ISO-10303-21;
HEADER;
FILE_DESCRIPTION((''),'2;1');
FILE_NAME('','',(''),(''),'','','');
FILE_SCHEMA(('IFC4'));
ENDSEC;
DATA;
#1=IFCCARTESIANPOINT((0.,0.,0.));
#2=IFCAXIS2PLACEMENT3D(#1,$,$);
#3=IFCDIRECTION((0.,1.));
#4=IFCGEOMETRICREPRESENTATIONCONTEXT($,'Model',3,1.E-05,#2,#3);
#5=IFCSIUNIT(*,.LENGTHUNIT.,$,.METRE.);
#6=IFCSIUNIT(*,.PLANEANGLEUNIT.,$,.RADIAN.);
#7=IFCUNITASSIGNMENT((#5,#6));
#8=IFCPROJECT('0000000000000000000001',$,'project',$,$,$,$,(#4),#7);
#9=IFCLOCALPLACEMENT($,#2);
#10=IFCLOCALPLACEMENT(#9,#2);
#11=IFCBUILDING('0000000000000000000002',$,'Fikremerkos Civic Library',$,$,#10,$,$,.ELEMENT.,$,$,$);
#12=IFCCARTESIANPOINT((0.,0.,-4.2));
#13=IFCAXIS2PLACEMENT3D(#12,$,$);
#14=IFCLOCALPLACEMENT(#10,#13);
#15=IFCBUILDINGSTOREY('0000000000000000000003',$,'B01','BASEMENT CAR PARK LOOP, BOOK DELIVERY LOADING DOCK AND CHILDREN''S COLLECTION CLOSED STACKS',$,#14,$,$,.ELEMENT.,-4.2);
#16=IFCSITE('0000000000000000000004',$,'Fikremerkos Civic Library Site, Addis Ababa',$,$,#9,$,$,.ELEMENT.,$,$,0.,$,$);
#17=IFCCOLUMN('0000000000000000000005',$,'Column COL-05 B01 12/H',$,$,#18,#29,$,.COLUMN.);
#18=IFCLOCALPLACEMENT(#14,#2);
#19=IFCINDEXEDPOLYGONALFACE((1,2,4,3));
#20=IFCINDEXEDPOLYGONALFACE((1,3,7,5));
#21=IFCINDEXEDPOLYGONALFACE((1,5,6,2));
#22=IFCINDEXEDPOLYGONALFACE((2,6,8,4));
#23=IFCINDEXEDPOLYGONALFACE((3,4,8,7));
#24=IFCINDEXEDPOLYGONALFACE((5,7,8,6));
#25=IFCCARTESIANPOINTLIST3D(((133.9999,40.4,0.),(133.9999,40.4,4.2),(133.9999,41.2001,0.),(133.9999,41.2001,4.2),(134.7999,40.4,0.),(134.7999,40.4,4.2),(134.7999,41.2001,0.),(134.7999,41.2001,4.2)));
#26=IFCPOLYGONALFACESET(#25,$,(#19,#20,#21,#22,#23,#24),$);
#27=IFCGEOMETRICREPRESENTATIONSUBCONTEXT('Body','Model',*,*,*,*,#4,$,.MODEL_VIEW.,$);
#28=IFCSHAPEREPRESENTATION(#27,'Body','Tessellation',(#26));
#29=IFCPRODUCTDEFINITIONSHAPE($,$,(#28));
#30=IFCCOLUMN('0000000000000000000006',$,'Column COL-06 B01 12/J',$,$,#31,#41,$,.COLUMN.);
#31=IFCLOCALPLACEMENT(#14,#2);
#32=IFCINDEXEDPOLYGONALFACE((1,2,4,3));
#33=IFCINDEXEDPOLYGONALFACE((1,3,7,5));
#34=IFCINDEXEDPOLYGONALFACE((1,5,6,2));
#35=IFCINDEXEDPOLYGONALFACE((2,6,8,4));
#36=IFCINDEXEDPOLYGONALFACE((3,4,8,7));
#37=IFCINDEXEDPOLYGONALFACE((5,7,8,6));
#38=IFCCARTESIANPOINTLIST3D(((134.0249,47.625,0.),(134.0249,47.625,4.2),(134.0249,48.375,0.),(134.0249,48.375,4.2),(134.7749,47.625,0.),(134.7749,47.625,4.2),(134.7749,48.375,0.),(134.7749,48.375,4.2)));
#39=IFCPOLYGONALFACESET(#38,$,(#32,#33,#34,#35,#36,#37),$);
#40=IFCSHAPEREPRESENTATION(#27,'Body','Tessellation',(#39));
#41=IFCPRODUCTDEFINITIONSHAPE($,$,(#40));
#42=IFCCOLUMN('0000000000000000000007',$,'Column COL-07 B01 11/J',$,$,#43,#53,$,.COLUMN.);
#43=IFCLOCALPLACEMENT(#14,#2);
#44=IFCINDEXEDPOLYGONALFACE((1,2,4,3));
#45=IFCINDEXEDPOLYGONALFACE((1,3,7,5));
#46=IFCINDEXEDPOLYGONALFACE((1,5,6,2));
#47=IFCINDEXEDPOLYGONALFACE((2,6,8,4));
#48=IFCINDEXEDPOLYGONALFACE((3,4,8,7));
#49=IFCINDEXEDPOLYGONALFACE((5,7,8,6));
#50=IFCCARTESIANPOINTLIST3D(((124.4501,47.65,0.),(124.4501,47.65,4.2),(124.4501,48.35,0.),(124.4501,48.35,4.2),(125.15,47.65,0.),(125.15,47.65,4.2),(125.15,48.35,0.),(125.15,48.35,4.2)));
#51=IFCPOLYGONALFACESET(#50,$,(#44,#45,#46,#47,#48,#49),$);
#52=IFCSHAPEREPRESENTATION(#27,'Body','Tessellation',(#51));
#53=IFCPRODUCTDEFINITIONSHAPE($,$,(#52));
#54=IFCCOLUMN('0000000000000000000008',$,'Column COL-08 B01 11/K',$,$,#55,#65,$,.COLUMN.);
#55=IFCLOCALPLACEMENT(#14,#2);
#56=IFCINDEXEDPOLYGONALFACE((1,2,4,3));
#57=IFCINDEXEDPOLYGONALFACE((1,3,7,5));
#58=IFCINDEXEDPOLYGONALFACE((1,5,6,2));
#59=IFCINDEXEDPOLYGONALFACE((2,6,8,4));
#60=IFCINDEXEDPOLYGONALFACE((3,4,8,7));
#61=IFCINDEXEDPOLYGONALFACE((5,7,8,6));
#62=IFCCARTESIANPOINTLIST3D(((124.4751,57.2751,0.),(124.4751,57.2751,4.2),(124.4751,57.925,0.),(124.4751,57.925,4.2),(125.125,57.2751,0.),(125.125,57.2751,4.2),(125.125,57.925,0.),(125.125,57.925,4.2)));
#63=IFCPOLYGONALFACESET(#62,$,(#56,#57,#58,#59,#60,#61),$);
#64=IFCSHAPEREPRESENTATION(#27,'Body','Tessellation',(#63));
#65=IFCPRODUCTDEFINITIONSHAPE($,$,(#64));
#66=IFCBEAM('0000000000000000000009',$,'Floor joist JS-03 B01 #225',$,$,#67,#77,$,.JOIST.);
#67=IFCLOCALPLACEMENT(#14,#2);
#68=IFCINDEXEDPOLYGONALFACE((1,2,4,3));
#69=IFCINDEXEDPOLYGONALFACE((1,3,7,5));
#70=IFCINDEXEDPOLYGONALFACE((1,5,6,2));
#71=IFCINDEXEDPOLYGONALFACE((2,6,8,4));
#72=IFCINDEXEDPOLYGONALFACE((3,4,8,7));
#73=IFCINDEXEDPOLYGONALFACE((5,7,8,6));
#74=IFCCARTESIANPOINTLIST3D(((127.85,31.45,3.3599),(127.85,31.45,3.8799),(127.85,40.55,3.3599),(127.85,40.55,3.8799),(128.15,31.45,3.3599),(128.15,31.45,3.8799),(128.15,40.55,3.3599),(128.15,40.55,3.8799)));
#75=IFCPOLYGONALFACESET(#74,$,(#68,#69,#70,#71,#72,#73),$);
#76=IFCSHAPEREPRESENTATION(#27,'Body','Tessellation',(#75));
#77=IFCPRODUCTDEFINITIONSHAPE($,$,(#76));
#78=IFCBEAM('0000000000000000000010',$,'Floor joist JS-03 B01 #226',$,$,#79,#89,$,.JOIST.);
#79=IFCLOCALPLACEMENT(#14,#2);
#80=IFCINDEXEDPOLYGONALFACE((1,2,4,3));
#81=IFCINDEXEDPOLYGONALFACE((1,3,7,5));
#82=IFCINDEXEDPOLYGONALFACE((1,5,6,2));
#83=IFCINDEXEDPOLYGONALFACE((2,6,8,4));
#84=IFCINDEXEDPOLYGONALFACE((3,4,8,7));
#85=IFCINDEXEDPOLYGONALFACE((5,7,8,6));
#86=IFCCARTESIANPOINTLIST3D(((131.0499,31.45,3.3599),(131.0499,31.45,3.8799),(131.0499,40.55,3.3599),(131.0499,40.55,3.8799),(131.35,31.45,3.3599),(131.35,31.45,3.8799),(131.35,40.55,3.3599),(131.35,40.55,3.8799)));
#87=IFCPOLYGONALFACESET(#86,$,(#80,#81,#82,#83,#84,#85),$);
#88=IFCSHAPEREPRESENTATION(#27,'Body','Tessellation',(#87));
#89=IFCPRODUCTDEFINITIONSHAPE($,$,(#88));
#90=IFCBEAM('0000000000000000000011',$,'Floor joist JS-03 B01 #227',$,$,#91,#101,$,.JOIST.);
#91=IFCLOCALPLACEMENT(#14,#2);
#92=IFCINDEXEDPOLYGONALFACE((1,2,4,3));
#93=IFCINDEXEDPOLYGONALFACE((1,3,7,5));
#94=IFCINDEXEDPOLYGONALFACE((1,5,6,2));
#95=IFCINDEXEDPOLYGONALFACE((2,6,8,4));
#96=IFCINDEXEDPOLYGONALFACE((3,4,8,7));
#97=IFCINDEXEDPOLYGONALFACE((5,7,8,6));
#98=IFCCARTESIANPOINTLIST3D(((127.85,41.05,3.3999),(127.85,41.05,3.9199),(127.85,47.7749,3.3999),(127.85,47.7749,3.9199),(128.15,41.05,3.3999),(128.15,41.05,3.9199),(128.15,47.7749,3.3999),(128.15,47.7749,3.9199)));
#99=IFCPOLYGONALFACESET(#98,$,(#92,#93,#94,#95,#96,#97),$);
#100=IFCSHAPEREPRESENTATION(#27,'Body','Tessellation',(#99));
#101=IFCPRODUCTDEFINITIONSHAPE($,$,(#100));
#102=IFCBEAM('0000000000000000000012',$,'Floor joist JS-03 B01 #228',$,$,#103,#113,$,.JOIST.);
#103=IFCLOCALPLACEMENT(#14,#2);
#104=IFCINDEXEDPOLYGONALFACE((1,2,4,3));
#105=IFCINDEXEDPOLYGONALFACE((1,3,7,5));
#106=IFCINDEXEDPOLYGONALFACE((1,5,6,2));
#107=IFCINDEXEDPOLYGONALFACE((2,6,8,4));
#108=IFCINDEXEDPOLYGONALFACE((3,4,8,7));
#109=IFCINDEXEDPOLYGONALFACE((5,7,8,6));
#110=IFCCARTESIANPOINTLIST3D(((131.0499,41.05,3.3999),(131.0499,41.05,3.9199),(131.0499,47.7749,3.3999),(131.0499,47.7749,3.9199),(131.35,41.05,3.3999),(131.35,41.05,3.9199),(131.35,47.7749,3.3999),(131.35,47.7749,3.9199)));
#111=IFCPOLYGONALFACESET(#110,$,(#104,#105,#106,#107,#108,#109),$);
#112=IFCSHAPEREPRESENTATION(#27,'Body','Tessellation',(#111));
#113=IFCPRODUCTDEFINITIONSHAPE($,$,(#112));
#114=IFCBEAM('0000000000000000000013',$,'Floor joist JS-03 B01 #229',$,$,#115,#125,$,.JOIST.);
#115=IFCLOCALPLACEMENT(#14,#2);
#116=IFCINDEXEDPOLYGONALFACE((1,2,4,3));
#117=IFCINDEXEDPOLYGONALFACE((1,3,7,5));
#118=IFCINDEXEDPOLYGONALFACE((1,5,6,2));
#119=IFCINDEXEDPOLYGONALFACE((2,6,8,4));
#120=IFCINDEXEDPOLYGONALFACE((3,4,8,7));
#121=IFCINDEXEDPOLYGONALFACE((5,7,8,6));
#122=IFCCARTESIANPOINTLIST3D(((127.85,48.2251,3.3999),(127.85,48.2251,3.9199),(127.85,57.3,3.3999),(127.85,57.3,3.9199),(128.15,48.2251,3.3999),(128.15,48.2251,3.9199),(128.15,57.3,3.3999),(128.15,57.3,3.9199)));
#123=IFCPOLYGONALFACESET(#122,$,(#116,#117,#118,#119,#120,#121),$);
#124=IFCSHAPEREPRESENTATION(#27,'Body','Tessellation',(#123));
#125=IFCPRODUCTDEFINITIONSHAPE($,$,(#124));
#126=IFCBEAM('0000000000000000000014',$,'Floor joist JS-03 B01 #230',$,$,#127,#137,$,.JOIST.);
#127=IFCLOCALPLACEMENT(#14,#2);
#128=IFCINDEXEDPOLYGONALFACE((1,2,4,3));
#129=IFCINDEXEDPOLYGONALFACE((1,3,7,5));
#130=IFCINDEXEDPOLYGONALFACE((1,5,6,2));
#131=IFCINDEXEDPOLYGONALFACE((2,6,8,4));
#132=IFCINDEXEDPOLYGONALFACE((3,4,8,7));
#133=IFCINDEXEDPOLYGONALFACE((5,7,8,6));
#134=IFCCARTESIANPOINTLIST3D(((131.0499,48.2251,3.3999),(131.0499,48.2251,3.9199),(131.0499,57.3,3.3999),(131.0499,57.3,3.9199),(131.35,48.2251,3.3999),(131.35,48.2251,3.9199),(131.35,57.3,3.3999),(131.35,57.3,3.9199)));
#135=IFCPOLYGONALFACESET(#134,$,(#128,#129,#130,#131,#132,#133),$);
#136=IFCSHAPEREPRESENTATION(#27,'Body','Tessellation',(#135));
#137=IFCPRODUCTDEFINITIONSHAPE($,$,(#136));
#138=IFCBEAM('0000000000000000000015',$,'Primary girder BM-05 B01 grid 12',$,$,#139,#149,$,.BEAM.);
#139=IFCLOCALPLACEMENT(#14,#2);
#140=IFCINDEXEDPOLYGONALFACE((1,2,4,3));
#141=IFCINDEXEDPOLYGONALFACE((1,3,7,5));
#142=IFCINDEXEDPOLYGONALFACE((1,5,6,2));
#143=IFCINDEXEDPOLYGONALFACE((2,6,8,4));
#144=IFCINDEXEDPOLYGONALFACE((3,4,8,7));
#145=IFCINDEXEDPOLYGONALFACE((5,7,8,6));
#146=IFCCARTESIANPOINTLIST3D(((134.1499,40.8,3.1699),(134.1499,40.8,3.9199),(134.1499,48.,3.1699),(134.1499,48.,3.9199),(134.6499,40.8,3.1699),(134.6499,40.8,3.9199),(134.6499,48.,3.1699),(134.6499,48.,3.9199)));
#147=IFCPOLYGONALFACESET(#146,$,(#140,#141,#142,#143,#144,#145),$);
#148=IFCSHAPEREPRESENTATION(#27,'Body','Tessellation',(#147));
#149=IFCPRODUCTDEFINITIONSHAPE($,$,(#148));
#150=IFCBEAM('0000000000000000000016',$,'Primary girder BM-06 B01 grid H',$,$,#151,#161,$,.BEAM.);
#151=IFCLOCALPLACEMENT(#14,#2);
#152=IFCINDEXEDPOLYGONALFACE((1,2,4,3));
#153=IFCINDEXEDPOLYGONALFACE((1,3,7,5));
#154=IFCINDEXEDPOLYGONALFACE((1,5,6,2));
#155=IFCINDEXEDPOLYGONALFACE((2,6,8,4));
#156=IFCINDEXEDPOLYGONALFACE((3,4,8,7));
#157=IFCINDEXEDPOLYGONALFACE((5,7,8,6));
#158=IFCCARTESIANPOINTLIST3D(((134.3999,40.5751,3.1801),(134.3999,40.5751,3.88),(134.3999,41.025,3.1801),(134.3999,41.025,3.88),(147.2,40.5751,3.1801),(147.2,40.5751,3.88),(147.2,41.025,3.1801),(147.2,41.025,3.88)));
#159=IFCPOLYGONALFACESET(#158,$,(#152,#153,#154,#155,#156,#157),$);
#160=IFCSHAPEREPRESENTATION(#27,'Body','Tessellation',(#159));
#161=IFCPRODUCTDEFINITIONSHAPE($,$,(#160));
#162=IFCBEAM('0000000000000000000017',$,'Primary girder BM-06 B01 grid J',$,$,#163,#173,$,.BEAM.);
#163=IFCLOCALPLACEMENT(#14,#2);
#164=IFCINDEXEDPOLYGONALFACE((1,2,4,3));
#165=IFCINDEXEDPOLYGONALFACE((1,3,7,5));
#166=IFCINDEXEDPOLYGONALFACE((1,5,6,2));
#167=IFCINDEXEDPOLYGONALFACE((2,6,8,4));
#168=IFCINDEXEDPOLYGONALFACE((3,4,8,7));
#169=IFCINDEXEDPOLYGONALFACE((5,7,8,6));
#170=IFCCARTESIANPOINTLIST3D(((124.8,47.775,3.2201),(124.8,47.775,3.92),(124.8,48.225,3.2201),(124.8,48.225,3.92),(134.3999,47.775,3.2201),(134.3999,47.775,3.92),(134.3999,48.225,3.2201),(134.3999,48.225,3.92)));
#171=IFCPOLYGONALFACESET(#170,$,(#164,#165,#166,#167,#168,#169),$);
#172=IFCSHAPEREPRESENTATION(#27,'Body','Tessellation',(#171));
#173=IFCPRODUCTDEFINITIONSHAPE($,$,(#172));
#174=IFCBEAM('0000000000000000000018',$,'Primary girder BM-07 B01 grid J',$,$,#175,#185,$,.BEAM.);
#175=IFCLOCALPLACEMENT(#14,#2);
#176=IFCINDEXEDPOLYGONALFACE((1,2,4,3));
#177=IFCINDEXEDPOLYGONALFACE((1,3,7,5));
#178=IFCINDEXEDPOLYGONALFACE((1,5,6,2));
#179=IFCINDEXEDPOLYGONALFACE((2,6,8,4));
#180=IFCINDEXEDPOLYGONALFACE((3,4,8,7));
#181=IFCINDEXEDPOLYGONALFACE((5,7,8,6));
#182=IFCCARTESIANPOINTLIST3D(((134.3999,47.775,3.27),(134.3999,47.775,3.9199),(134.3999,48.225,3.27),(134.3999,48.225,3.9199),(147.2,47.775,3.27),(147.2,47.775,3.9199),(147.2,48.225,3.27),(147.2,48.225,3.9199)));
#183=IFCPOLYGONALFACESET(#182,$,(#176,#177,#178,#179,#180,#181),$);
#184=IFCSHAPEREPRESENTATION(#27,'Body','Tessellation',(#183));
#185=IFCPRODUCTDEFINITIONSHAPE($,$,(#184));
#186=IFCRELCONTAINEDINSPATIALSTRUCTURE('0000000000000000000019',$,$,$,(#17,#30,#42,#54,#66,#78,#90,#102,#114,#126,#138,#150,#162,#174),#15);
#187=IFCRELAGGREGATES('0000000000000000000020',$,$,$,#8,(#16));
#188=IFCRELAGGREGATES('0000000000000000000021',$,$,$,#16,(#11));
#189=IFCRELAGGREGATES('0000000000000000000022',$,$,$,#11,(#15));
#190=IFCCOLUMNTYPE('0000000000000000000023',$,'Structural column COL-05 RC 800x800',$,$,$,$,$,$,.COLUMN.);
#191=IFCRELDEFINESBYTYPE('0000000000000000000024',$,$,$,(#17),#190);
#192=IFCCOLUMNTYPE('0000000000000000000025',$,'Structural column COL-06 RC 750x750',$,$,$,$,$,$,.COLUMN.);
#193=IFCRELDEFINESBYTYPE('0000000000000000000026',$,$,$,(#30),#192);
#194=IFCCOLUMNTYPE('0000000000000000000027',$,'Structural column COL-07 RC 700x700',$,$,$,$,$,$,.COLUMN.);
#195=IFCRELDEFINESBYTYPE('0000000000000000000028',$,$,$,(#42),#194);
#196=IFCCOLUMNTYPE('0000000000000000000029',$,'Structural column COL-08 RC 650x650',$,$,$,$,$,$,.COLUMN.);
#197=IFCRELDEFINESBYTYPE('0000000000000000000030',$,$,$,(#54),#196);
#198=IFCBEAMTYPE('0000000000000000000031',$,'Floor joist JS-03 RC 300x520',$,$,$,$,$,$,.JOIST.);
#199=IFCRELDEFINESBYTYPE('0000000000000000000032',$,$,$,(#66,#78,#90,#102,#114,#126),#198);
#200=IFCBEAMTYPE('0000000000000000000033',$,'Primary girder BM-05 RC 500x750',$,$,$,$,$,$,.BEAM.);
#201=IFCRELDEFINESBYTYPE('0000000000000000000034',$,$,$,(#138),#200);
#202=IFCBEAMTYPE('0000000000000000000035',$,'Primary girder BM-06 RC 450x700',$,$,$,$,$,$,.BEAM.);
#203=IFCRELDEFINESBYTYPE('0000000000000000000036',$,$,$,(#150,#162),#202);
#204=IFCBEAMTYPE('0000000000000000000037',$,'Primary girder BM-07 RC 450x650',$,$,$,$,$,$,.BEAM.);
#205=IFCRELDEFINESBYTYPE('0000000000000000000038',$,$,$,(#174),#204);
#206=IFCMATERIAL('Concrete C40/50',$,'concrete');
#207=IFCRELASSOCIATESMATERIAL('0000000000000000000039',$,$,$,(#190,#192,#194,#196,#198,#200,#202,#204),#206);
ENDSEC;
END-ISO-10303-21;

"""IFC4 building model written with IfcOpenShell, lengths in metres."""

from ifc_helpers import new_model, si_unit, direction, frame, origin, origin_2d, place, context, subcontext, project, spatial, rectangle, extrude, material, material_profile, profile_set, type_object, element, save


model = new_model("IFC4")

# Units and contexts
model_context = context("Model", 3, precision=1e-05, world=origin(), true_north=direction((0.0, 1.0)))
body_context = subcontext(model_context, "Body", "Model", "MODEL_VIEW")
ifc_project = project(units=[si_unit("LENGTHUNIT", "METRE"), si_unit("PLANEANGLEUNIT", "RADIAN")], contexts=[model_context])

# Site, building, storey
site_placement = place(None, origin())
site = spatial("IfcSite", under=ifc_project, at=site_placement, Name="Fikremerkos Civic Library Site, Addis Ababa", CompositionType="ELEMENT", RefElevation=0.0)
building_placement = place(site_placement, origin())
building = spatial("IfcBuilding", under=site, at=building_placement, Name="Fikremerkos Civic Library", CompositionType="ELEMENT")
storey_placement = place(building_placement, frame((0.0, 0.0, -4.2)))
storey = spatial("IfcBuildingStorey", under=building, at=storey_placement, Name="B01", Description="BASEMENT CAR PARK LOOP, BOOK DELIVERY LOADING DOCK AND CHILDREN'S COLLECTION CLOSED STACKS", CompositionType="ELEMENT", Elevation=-4.2)

# Columns
ifc_material_1 = material(Name="Concrete C40/50", Category="concrete")
ifc_material_profile_1 = material_profile(ifc_material_1, rectangle(XDim=0.8, YDim=0.8, at=origin_2d()), Name="RC 800x800")
ifc_profile_set_1 = profile_set([ifc_material_profile_1], Name="Concrete C40/50")
column_type_1 = type_object("IfcColumnType", Name="Structural column COL-05 RC 800x800", PredefinedType="COLUMN", material=ifc_profile_set_1)
column_1_placement = place(storey_placement, frame((134.3999, 40.8, 0.0), z_axis=(0.0, 0.0, 1.0), x_axis=(1.0, 0.0, 0.0)))
element("IfcColumn", 1, at=column_1_placement, inside=storey, type_object=column_type_1, Name="Column COL-05 B01 12/H", PredefinedType="COLUMN", context=body_context, shape_type="SweptSolid", body=[
    extrude(rectangle(XDim=0.8, YDim=0.8, at=origin_2d()), origin(), (0.0, 0.0, 1.0), 4.2),
])
ifc_material_profile_2 = material_profile(ifc_material_1, rectangle(XDim=0.75, YDim=0.75, at=origin_2d()), Name="RC 750x750")
ifc_profile_set_2 = profile_set([ifc_material_profile_2], Name="Concrete C40/50")
column_type_2 = type_object("IfcColumnType", Name="Structural column COL-06 RC 750x750", PredefinedType="COLUMN", material=ifc_profile_set_2)
column_2_placement = place(storey_placement, frame((134.3999, 48.0, 0.0), z_axis=(0.0, 0.0, 1.0), x_axis=(1.0, 0.0, 0.0)))
element("IfcColumn", 2, at=column_2_placement, inside=storey, type_object=column_type_2, Name="Column COL-06 B01 12/J", PredefinedType="COLUMN", context=body_context, shape_type="SweptSolid", body=[
    extrude(rectangle(XDim=0.75, YDim=0.75, at=origin_2d()), origin(), (0.0, 0.0, 1.0), 4.2),
])
ifc_material_profile_3 = material_profile(ifc_material_1, rectangle(XDim=0.7, YDim=0.7, at=origin_2d()), Name="RC 700x700")
ifc_profile_set_3 = profile_set([ifc_material_profile_3], Name="Concrete C40/50")
column_type_3 = type_object("IfcColumnType", Name="Structural column COL-07 RC 700x700", PredefinedType="COLUMN", material=ifc_profile_set_3)
column_3_placement = place(storey_placement, frame((124.8, 48.0, 0.0), z_axis=(0.0, 0.0, 1.0), x_axis=(1.0, 0.0, 0.0)))
element("IfcColumn", 3, at=column_3_placement, inside=storey, type_object=column_type_3, Name="Column COL-07 B01 11/J", PredefinedType="COLUMN", context=body_context, shape_type="SweptSolid", body=[
    extrude(rectangle(XDim=0.7, YDim=0.7, at=origin_2d()), origin(), (0.0, 0.0, 1.0), 4.2),
])
ifc_material_profile_4 = material_profile(ifc_material_1, rectangle(XDim=0.6499, YDim=0.6499, at=origin_2d()), Name="RC 650x650")
ifc_profile_set_4 = profile_set([ifc_material_profile_4], Name="Concrete C40/50")
column_type_4 = type_object("IfcColumnType", Name="Structural column COL-08 RC 650x650", PredefinedType="COLUMN", material=ifc_profile_set_4)
column_4_placement = place(storey_placement, frame((124.8, 57.6001, 0.0), z_axis=(0.0, 0.0, 1.0), x_axis=(1.0, 0.0, 0.0)))
element("IfcColumn", 4, at=column_4_placement, inside=storey, type_object=column_type_4, Name="Column COL-08 B01 11/K", PredefinedType="COLUMN", context=body_context, shape_type="SweptSolid", body=[
    extrude(rectangle(XDim=0.6499, YDim=0.6499, at=origin_2d()), origin(), (0.0, 0.0, 1.0), 4.2),
])

# Beams
ifc_material_profile_5 = material_profile(ifc_material_1, rectangle(XDim=0.3, YDim=0.52, at=origin_2d()), Name="RC 300x520")
ifc_profile_set_5 = profile_set([ifc_material_profile_5], Name="Concrete C40/50")
beam_type_1 = type_object("IfcBeamType", Name="Floor joist JS-03 RC 300x520", PredefinedType="JOIST", material=ifc_profile_set_5)
for number, where, z_axis, x_axis, name in (
    (5, (128.0, 31.45, 3.6199), (0.0, 1.0, 0.0), (-1.0, 0.0, 0.0), "Floor joist JS-03 B01 #225"),
    (6, (131.2, 31.45, 3.6199), (0.0, 1.0, 0.0), (-1.0, 0.0, 0.0), "Floor joist JS-03 B01 #226"),
):
    element("IfcBeam", number, at=place(storey_placement, frame(where, z_axis=z_axis, x_axis=x_axis)), inside=storey, type_object=beam_type_1, Name=name, PredefinedType="JOIST", context=body_context, shape_type="SweptSolid", body=[
        extrude(rectangle(XDim=0.3, YDim=0.52, at=origin_2d()), origin(), (0.0, 0.0, 1.0), 9.1001),
    ])
for number, where, z_axis, x_axis, name in (
    (7, (128.0, 41.05, 3.6599), (0.0, 1.0, 0.0), (-1.0, 0.0, 0.0), "Floor joist JS-03 B01 #227"),
    (8, (131.2, 41.05, 3.6599), (0.0, 1.0, 0.0), (-1.0, 0.0, 0.0), "Floor joist JS-03 B01 #228"),
):
    element("IfcBeam", number, at=place(storey_placement, frame(where, z_axis=z_axis, x_axis=x_axis)), inside=storey, type_object=beam_type_1, Name=name, PredefinedType="JOIST", context=body_context, shape_type="SweptSolid", body=[
        extrude(rectangle(XDim=0.3, YDim=0.52, at=origin_2d()), origin(), (0.0, 0.0, 1.0), 6.7249),
    ])
for number, where, z_axis, x_axis, name in (
    (9, (128.0, 48.2251, 3.6599), (0.0, 1.0, 0.0), (-1.0, 0.0, 0.0), "Floor joist JS-03 B01 #229"),
    (10, (131.2, 48.2251, 3.6599), (0.0, 1.0, 0.0), (-1.0, 0.0, 0.0), "Floor joist JS-03 B01 #230"),
):
    element("IfcBeam", number, at=place(storey_placement, frame(where, z_axis=z_axis, x_axis=x_axis)), inside=storey, type_object=beam_type_1, Name=name, PredefinedType="JOIST", context=body_context, shape_type="SweptSolid", body=[
        extrude(rectangle(XDim=0.3, YDim=0.52, at=origin_2d()), origin(), (0.0, 0.0, 1.0), 9.075),
    ])
ifc_material_profile_6 = material_profile(ifc_material_1, rectangle(XDim=0.5, YDim=0.75, at=origin_2d()), Name="RC 500x750")
ifc_profile_set_6 = profile_set([ifc_material_profile_6], Name="Concrete C40/50")
beam_type_2 = type_object("IfcBeamType", Name="Primary girder BM-05 RC 500x750", PredefinedType="BEAM", material=ifc_profile_set_6)
beam_1_placement = place(storey_placement, frame((134.3999, 40.8, 3.5449), z_axis=(0.0, 1.0, 0.0), x_axis=(-1.0, 0.0, 0.0)))
element("IfcBeam", 11, at=beam_1_placement, inside=storey, type_object=beam_type_2, Name="Primary girder BM-05 B01 grid 12", PredefinedType="BEAM", context=body_context, shape_type="SweptSolid", body=[
    extrude(rectangle(XDim=0.5, YDim=0.75, at=origin_2d()), origin(), (0.0, 0.0, 1.0), 7.2),
])
ifc_material_profile_7 = material_profile(ifc_material_1, rectangle(XDim=0.45, YDim=0.7, at=origin_2d()), Name="RC 450x700")
ifc_profile_set_7 = profile_set([ifc_material_profile_7], Name="Concrete C40/50")
beam_type_3 = type_object("IfcBeamType", Name="Primary girder BM-06 RC 450x700", PredefinedType="BEAM", material=ifc_profile_set_7)
beam_2_placement = place(storey_placement, frame((134.3999, 40.8, 3.53), z_axis=(1.0, 0.0, 0.0), x_axis=(0.0, 1.0, 0.0)))
element("IfcBeam", 12, at=beam_2_placement, inside=storey, type_object=beam_type_3, Name="Primary girder BM-06 B01 grid H", PredefinedType="BEAM", context=body_context, shape_type="SweptSolid", body=[
    extrude(rectangle(XDim=0.45, YDim=0.7, at=origin_2d()), origin(), (0.0, 0.0, 1.0), 12.8),
])
beam_3_placement = place(storey_placement, frame((124.8, 48.0, 3.5701), z_axis=(1.0, 0.0, 0.0), x_axis=(0.0, 1.0, 0.0)))
element("IfcBeam", 13, at=beam_3_placement, inside=storey, type_object=beam_type_3, Name="Primary girder BM-06 B01 grid J", PredefinedType="BEAM", context=body_context, shape_type="SweptSolid", body=[
    extrude(rectangle(XDim=0.45, YDim=0.7, at=origin_2d()), origin(), (0.0, 0.0, 1.0), 9.5999),
])
ifc_material_profile_8 = material_profile(ifc_material_1, rectangle(XDim=0.45, YDim=0.6499, at=origin_2d()), Name="RC 450x650")
ifc_profile_set_8 = profile_set([ifc_material_profile_8], Name="Concrete C40/50")
beam_type_4 = type_object("IfcBeamType", Name="Primary girder BM-07 RC 450x650", PredefinedType="BEAM", material=ifc_profile_set_8)
beam_4_placement = place(storey_placement, frame((134.3999, 48.0, 3.595), z_axis=(1.0, 0.0, 0.0), x_axis=(0.0, 1.0, 0.0)))
element("IfcBeam", 14, at=beam_4_placement, inside=storey, type_object=beam_type_4, Name="Primary girder BM-07 B01 grid J", PredefinedType="BEAM", context=body_context, shape_type="SweptSolid", body=[
    extrude(rectangle(XDim=0.45, YDim=0.6499, at=origin_2d()), origin(), (0.0, 0.0, 1.0), 12.8),
])

save(model, "model.ifc")
